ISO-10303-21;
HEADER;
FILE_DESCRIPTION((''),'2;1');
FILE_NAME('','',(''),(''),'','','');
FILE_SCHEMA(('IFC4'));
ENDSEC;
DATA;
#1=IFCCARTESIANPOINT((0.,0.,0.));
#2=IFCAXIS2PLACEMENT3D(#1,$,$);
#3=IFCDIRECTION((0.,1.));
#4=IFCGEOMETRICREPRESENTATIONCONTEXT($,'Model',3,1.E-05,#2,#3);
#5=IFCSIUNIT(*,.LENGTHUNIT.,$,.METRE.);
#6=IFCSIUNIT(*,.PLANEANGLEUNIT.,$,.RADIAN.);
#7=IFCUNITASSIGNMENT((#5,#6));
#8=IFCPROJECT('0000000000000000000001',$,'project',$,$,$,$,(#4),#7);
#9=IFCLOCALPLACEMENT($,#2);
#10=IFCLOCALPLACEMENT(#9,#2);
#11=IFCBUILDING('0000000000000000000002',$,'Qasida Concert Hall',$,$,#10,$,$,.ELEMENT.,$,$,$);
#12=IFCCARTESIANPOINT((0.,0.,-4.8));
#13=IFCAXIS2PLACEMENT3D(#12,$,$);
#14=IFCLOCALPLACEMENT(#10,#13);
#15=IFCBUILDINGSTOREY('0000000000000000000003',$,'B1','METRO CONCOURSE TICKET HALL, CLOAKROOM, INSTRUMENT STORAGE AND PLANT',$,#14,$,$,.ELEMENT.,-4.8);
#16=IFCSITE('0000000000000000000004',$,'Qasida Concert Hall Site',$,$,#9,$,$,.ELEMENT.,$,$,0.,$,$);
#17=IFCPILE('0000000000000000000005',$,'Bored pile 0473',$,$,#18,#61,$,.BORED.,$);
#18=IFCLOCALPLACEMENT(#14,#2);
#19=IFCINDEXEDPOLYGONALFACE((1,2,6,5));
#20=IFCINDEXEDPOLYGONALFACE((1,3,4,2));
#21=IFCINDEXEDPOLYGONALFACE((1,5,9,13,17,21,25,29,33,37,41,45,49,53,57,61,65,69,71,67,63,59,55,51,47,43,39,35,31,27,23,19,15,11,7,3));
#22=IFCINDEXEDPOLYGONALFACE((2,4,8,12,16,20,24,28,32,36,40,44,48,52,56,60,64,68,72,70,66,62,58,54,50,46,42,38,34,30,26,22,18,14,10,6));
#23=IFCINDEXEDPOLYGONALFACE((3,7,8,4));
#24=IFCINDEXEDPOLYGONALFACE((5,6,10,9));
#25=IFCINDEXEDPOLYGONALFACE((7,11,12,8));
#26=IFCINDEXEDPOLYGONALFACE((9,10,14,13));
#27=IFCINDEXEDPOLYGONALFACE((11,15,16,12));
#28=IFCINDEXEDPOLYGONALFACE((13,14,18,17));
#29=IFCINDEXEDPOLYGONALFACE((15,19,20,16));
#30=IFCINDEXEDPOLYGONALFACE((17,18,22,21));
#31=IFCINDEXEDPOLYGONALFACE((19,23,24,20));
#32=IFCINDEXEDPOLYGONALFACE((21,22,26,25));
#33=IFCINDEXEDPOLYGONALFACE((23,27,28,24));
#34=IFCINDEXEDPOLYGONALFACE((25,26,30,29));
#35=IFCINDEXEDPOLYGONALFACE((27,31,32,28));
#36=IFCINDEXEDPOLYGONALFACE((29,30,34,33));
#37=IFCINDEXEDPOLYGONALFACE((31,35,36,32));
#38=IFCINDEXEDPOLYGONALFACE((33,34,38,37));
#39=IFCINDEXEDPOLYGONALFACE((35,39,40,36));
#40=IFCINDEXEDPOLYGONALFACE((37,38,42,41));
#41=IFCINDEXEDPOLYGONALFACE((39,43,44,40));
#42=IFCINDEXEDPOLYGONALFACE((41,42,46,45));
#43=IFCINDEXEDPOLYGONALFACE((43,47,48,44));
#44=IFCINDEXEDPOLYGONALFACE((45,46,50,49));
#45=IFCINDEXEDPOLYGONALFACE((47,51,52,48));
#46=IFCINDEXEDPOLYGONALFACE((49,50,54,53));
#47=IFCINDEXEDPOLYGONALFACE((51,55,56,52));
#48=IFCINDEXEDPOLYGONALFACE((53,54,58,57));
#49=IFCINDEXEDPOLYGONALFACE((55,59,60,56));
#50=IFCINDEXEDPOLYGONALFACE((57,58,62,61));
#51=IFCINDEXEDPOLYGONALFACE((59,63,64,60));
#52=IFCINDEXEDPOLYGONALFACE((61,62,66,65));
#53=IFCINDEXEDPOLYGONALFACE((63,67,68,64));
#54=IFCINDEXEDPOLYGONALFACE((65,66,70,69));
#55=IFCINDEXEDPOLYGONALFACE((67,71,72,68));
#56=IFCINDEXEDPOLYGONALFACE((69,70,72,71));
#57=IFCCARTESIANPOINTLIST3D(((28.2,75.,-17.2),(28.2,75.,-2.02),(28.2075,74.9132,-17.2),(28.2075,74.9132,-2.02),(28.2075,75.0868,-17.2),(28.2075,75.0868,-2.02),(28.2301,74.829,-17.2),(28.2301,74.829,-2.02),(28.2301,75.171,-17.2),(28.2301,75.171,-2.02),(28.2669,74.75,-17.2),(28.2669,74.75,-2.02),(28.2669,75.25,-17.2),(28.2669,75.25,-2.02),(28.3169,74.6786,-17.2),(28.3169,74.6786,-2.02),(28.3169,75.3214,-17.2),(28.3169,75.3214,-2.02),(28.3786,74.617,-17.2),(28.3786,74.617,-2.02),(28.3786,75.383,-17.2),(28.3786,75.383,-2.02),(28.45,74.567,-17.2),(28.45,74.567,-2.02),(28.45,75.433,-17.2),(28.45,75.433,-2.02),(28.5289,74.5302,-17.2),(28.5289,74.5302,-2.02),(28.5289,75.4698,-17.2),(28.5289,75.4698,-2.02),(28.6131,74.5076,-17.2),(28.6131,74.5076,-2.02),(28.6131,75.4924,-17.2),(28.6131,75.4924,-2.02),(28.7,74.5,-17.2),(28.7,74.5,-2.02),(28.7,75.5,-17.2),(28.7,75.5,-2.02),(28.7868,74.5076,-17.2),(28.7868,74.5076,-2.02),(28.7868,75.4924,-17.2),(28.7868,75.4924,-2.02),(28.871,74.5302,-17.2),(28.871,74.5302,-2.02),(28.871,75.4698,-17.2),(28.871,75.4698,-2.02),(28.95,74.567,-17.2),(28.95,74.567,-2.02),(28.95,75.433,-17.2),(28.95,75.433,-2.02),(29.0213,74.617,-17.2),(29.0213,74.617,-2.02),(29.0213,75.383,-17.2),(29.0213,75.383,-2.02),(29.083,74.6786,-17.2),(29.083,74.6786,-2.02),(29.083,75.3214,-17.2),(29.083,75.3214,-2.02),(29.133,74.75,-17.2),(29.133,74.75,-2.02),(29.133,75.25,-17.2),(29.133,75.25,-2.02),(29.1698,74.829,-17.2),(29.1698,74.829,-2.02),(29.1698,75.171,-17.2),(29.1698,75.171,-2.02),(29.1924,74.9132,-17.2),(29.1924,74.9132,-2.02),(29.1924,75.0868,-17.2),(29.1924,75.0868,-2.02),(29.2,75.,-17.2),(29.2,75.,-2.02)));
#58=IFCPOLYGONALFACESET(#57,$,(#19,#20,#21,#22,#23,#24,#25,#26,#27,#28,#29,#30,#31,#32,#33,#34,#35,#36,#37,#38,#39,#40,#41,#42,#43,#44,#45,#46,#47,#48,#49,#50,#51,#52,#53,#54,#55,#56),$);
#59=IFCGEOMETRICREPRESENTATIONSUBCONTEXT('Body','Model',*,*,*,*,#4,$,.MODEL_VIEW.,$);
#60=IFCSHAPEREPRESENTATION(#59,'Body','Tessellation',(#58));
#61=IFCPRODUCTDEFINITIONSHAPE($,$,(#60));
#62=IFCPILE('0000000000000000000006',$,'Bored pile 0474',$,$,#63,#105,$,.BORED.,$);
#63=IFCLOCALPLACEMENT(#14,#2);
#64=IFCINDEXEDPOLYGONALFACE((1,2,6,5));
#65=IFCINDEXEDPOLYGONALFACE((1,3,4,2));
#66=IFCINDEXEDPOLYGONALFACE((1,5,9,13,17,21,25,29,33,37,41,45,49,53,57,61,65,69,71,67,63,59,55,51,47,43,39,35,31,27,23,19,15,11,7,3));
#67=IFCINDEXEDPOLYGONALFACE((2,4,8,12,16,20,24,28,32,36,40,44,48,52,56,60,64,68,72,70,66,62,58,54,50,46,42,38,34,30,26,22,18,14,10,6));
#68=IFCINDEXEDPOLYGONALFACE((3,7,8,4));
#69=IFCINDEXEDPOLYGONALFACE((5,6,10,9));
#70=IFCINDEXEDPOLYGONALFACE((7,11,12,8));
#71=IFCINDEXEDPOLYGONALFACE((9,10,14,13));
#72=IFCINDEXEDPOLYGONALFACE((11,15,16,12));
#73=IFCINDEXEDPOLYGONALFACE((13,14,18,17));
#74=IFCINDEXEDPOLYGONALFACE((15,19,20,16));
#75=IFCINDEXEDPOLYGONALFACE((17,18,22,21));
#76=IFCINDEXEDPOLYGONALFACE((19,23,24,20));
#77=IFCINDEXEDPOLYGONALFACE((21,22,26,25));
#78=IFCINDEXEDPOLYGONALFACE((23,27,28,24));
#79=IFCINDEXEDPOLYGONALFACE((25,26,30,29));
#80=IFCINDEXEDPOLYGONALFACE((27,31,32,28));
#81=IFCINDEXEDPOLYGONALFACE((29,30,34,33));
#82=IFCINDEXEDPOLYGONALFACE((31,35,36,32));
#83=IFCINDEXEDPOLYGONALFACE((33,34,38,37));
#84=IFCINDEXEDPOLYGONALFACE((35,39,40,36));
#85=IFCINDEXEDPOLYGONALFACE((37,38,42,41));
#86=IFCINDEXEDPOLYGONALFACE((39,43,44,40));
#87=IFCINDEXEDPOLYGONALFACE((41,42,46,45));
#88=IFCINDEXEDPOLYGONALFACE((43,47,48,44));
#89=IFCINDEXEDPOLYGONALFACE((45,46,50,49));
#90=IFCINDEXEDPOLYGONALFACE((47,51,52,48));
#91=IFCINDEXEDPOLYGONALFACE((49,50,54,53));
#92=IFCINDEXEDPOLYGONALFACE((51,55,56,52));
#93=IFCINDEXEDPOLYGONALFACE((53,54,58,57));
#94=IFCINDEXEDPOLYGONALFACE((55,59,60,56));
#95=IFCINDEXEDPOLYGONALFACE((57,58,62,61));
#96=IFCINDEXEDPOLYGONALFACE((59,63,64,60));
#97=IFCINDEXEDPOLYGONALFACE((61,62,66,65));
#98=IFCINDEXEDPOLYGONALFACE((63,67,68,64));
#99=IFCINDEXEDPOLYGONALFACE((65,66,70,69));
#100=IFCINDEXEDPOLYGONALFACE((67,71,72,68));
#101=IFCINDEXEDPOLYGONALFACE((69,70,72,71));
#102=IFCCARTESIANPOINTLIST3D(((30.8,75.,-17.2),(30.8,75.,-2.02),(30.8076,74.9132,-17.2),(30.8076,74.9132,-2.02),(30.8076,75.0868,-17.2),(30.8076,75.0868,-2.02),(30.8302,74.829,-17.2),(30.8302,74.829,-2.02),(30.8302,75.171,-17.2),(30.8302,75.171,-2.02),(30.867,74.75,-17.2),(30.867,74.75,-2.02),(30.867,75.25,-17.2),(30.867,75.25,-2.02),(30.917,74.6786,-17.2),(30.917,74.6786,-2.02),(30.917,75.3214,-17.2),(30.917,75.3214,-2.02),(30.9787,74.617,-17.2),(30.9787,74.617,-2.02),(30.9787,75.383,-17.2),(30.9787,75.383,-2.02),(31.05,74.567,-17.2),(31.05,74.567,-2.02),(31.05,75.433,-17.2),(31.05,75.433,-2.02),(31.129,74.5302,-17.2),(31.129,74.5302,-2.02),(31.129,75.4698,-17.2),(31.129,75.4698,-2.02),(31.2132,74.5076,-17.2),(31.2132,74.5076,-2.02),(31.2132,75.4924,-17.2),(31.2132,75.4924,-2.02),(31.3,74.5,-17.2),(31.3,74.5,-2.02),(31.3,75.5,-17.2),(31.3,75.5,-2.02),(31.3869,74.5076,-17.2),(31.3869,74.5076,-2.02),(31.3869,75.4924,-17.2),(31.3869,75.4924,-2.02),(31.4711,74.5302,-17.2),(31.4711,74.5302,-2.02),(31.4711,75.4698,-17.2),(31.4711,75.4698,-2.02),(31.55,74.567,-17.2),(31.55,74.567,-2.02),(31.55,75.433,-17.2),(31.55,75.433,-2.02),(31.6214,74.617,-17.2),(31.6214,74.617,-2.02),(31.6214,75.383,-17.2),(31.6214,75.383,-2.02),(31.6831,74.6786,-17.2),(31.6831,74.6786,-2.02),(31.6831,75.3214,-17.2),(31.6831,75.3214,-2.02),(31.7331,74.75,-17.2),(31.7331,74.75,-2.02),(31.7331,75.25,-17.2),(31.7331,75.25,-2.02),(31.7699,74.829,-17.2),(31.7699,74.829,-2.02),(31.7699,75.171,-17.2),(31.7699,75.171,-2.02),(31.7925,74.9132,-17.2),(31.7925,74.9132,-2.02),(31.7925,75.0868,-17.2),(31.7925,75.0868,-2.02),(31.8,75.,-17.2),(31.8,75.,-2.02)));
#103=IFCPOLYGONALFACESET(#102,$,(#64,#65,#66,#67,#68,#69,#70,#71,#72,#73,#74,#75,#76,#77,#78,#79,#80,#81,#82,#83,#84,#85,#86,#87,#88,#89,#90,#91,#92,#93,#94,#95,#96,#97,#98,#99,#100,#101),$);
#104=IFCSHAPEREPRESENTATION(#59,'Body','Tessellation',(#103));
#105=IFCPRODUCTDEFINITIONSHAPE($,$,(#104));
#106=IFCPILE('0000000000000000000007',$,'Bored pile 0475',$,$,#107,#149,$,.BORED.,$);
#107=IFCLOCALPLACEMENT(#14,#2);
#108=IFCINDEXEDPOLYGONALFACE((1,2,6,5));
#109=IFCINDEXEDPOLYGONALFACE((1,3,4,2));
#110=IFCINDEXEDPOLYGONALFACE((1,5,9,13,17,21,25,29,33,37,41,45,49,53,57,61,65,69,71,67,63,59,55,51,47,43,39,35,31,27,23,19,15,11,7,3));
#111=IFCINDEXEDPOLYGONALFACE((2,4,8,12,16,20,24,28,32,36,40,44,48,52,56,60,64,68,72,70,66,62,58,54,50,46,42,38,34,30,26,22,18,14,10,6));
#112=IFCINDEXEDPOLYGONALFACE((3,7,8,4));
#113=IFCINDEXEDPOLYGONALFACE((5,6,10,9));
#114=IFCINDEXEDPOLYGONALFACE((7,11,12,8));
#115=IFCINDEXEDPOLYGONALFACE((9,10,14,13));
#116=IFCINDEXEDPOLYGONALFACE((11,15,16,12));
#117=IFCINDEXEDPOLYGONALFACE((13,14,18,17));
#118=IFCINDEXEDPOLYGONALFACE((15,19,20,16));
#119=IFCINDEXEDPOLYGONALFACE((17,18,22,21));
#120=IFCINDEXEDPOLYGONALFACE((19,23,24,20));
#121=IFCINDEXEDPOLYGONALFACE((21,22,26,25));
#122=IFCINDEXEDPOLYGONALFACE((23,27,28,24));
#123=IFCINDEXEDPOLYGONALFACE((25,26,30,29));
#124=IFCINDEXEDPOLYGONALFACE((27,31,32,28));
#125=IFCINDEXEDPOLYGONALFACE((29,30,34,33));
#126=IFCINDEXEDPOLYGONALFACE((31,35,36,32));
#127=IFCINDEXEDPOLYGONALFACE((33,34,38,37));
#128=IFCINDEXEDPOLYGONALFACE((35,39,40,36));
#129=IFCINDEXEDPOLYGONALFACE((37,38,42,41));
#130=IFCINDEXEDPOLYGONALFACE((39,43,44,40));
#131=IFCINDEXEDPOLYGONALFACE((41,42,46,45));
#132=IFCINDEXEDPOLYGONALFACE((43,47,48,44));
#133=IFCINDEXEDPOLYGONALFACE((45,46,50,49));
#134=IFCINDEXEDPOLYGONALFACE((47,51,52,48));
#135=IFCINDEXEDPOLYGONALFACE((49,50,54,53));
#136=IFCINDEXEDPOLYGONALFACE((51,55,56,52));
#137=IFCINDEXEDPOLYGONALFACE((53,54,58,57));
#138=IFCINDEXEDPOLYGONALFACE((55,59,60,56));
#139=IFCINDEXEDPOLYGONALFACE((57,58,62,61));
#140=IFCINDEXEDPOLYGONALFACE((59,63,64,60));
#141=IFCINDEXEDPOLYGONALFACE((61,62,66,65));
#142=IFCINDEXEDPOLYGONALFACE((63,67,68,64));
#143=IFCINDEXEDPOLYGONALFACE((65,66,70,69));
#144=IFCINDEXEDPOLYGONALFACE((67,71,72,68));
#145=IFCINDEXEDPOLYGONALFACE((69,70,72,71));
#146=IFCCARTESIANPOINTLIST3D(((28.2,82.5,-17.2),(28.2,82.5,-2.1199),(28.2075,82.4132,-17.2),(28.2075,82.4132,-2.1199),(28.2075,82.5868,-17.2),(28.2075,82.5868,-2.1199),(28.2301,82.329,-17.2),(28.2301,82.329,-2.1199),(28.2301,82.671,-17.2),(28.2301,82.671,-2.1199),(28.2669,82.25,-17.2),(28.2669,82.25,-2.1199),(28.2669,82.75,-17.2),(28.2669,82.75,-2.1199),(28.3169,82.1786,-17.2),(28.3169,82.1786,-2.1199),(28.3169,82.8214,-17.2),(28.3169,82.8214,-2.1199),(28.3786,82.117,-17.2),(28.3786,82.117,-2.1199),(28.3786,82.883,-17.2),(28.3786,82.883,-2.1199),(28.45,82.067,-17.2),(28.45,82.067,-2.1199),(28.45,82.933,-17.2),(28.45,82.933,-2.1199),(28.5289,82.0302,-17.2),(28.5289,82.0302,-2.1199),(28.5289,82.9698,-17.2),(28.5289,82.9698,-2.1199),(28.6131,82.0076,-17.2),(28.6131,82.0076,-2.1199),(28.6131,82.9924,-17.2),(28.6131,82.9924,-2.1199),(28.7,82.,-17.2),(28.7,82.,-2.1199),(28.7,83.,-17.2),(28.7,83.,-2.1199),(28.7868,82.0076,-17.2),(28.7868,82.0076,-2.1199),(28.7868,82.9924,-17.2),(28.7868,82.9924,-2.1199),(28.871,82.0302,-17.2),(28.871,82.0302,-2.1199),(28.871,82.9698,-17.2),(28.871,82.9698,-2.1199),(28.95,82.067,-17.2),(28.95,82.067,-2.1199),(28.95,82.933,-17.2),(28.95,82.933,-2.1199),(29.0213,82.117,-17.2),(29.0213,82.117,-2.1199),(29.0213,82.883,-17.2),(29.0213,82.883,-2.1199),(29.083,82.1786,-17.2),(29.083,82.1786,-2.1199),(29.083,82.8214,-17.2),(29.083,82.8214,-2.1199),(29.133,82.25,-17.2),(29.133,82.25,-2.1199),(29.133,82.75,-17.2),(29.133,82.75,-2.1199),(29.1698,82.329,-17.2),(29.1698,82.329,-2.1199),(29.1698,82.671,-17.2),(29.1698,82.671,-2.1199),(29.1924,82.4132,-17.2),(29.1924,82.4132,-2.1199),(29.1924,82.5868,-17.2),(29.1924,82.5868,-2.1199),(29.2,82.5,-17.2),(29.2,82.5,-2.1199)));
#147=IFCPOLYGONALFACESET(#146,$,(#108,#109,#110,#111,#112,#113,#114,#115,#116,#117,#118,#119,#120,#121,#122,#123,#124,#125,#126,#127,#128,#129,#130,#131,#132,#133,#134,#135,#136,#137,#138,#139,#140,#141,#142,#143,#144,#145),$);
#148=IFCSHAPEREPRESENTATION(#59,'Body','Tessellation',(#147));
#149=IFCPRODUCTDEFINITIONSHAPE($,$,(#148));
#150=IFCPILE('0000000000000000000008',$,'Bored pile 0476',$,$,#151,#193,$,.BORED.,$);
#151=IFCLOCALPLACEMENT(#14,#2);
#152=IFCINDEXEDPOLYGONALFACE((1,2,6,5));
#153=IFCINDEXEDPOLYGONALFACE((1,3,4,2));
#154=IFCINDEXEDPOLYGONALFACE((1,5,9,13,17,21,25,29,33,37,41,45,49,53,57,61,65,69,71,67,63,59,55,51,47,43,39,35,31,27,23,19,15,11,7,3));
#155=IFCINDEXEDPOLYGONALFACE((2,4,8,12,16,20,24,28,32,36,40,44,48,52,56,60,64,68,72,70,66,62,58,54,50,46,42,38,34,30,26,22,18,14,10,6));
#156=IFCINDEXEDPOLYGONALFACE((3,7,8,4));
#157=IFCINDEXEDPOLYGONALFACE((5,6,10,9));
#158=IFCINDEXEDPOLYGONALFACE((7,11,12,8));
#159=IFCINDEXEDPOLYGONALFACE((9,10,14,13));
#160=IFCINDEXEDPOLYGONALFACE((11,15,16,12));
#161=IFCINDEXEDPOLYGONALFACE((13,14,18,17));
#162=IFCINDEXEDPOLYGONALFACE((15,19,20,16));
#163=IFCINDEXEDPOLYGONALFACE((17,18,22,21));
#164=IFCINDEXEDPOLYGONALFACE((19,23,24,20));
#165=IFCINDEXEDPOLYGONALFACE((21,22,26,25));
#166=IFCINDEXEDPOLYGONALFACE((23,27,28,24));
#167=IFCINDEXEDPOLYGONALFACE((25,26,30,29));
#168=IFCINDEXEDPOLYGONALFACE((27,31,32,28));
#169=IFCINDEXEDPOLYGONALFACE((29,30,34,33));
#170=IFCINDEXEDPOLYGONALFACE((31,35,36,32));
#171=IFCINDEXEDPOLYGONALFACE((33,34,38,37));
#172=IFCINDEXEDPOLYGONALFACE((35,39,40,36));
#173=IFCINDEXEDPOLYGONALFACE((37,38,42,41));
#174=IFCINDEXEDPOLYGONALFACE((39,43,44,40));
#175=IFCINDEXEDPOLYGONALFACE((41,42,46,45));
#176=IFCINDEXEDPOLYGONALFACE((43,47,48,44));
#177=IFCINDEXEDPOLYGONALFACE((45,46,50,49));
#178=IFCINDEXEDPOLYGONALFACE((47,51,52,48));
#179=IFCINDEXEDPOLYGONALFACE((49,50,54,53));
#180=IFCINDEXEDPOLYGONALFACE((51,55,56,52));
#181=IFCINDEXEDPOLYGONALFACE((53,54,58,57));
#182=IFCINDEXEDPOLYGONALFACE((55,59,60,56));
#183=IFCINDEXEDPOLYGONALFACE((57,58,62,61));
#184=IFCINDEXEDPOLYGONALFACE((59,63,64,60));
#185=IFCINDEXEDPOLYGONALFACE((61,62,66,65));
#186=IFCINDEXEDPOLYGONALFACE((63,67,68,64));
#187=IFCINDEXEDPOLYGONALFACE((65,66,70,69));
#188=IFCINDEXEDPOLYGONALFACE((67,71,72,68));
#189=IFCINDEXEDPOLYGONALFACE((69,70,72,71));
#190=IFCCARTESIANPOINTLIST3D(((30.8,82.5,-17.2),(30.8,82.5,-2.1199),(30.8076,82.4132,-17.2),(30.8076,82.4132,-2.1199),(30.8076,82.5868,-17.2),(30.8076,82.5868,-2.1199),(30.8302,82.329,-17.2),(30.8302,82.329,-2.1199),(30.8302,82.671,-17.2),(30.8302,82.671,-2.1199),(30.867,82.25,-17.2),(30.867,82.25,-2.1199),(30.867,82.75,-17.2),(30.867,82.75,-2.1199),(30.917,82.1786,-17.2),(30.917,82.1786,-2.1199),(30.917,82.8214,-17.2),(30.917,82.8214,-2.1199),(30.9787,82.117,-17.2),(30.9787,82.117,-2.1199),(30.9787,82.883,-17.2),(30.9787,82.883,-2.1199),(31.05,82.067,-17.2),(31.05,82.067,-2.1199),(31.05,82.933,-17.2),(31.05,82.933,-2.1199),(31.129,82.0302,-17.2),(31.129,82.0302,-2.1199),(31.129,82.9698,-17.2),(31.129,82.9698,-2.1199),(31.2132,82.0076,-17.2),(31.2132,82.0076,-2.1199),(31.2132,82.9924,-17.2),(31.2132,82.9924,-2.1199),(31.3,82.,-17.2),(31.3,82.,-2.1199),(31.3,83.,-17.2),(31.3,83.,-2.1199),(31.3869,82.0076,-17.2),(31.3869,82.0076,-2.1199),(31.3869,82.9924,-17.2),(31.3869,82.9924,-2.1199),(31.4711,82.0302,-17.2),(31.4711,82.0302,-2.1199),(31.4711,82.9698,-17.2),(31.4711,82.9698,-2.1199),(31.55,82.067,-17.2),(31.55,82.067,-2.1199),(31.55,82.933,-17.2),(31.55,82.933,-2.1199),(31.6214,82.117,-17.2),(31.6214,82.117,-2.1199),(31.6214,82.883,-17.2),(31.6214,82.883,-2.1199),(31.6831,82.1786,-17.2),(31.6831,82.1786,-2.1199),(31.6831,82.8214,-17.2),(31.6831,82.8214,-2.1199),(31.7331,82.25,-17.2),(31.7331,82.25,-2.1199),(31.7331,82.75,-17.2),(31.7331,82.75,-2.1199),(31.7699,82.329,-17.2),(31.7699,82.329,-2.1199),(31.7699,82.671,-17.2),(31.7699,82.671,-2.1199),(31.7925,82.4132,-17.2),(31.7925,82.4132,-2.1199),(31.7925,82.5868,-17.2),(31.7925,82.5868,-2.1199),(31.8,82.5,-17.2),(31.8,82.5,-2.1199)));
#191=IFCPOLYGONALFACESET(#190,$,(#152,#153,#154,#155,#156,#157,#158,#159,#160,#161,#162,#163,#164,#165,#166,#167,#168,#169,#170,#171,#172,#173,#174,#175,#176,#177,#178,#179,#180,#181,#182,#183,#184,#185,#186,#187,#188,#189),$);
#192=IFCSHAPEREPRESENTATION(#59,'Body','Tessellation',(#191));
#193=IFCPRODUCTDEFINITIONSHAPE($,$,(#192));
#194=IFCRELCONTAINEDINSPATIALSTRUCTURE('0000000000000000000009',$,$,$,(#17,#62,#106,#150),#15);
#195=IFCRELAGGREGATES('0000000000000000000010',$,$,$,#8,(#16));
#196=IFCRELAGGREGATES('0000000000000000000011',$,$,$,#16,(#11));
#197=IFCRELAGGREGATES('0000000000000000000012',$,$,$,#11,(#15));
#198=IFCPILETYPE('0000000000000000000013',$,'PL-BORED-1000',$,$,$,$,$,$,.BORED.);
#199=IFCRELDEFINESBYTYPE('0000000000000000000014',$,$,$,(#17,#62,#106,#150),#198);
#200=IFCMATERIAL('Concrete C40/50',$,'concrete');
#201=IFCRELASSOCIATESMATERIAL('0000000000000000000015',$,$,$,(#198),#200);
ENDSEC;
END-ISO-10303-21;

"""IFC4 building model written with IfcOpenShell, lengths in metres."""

from ifc_helpers import new_model, si_unit, direction, frame, origin, origin_2d, place, context, subcontext, project, spatial, circle, extrude, material, material_profile, profile_set, type_object, element, save


model = new_model("IFC4")

# Units and contexts
model_context = context("Model", 3, precision=1e-05, world=origin(), true_north=direction((0.0, 1.0)))
body_context = subcontext(model_context, "Body", "Model", "MODEL_VIEW")
ifc_project = project(units=[si_unit("LENGTHUNIT", "METRE"), si_unit("PLANEANGLEUNIT", "RADIAN")], contexts=[model_context])

# Site, building, storey
site_placement = place(None, origin())
site = spatial("IfcSite", under=ifc_project, at=site_placement, Name="Qasida Concert Hall Site", CompositionType="ELEMENT", RefElevation=0.0)
building_placement = place(site_placement, origin())
building = spatial("IfcBuilding", under=site, at=building_placement, Name="Qasida Concert Hall", CompositionType="ELEMENT")
storey_placement = place(building_placement, frame((0.0, 0.0, -4.8)))
storey = spatial("IfcBuildingStorey", under=building, at=storey_placement, Name="B1", Description="METRO CONCOURSE TICKET HALL, CLOAKROOM, INSTRUMENT STORAGE AND PLANT", CompositionType="ELEMENT", Elevation=-4.8)

# Shared definitions
ifc_material_1 = material(Name="Concrete C40/50", Category="concrete")

# Piles
ifc_material_profile_1 = material_profile(ifc_material_1, circle(Radius=0.5, at=origin_2d()), Name="BORED PILE D1000")
ifc_profile_set_1 = profile_set([ifc_material_profile_1], Name="Concrete C40/50")
pile_type = type_object("IfcPileType", Name="PL-BORED-1000", PredefinedType="BORED", material=ifc_profile_set_1)
for number, where, z_axis, x_axis, name in (
    (1, (28.7, 75.0, -2.02), (0.0, 0.0, -1.0), (1.0, 0.0, 0.0), "Bored pile 0473"),
    (2, (31.3, 75.0, -2.02), (0.0, 0.0, -1.0), (1.0, 0.0, 0.0), "Bored pile 0474"),
):
    element("IfcPile", number, at=place(storey_placement, frame(where, z_axis=z_axis, x_axis=x_axis)), inside=storey, type_object=pile_type, Name=name, PredefinedType="BORED", context=body_context, shape_type="SweptSolid", body=[
        extrude(circle(Radius=0.5, at=origin_2d()), origin(), (0.0, 0.0, 1.0), 15.1799),
    ])
for number, where, z_axis, x_axis, name in (
    (3, (28.7, 82.5, -2.1199), (0.0, 0.0, -1.0), (1.0, 0.0, 0.0), "Bored pile 0475"),
    (4, (31.3, 82.5, -2.1199), (0.0, 0.0, -1.0), (1.0, 0.0, 0.0), "Bored pile 0476"),
):
    element("IfcPile", number, at=place(storey_placement, frame(where, z_axis=z_axis, x_axis=x_axis)), inside=storey, type_object=pile_type, Name=name, PredefinedType="BORED", context=body_context, shape_type="SweptSolid", body=[
        extrude(circle(Radius=0.5, at=origin_2d()), origin(), (0.0, 0.0, 1.0), 15.0801),
    ])

save(model, "model.ifc")
